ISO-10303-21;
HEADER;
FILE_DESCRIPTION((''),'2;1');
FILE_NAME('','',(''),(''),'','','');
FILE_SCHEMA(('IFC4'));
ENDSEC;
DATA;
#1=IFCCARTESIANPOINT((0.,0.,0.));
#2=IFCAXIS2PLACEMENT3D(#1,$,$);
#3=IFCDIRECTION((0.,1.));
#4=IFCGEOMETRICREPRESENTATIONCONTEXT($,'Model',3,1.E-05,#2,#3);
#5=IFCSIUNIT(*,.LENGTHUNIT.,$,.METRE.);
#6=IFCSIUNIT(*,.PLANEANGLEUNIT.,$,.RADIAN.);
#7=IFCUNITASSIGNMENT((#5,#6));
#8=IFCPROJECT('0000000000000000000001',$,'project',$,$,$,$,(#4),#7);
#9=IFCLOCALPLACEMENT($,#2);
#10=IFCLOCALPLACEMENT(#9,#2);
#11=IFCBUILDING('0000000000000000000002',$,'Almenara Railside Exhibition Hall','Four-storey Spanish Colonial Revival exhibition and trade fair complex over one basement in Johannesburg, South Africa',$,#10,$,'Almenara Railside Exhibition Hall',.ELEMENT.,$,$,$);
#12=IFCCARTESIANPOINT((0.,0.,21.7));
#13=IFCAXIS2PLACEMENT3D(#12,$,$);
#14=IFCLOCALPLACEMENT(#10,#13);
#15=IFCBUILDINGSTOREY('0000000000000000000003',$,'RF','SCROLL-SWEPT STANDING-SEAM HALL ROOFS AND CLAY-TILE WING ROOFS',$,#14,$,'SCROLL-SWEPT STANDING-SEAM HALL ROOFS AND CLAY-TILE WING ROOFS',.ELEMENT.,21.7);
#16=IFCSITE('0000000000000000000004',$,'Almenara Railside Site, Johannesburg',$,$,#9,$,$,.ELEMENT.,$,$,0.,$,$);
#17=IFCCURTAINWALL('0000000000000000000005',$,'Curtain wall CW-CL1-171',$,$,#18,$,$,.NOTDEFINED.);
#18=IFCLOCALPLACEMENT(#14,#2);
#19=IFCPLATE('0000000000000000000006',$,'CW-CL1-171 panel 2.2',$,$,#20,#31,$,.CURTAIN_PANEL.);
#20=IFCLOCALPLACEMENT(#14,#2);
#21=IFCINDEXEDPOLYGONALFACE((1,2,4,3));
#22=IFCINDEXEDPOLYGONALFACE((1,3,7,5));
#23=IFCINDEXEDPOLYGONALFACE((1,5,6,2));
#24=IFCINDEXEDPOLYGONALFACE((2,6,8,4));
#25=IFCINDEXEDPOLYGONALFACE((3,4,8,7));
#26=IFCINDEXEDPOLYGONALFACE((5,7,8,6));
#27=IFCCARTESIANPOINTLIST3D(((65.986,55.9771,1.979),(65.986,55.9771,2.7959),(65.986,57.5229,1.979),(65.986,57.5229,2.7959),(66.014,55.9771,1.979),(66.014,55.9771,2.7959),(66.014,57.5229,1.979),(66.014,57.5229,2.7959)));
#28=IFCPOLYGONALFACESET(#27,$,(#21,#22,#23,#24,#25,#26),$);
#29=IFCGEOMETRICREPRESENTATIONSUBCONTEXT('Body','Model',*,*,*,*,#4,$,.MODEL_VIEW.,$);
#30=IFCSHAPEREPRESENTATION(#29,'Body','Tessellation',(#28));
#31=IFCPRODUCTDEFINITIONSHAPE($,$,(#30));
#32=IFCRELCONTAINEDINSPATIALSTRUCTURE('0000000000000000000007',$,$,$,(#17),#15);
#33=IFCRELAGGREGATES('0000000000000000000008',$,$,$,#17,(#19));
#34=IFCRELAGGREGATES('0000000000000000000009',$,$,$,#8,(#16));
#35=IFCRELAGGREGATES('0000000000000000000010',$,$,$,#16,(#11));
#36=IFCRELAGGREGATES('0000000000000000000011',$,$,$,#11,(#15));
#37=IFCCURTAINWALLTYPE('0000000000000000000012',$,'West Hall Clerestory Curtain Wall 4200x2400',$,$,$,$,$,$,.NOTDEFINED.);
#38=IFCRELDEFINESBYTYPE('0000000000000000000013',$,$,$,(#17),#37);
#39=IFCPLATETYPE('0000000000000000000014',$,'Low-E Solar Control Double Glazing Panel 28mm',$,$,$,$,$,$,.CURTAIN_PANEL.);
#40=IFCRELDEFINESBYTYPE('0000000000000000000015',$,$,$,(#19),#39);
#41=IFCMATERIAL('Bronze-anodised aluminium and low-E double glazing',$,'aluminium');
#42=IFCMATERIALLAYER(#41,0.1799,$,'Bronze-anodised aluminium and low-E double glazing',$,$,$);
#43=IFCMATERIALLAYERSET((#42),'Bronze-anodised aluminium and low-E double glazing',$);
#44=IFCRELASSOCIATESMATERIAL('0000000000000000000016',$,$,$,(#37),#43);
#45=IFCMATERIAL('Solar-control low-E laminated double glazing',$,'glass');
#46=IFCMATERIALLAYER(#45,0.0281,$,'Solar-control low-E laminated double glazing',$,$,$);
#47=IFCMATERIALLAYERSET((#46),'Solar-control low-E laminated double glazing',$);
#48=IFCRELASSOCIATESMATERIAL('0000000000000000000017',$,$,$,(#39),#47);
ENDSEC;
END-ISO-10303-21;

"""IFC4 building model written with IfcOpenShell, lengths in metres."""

from ifc_helpers import new_model, si_unit, direction, frame, origin, origin_2d, place, context, subcontext, project, spatial, rectangle, extrude, material, layer, layer_set, type_object, element, aggregate, save


model = new_model("IFC4")

# Units and contexts
model_context = context("Model", 3, precision=1e-05, world=origin(), true_north=direction((0.0, 1.0)))
body_context = subcontext(model_context, "Body", "Model", "MODEL_VIEW")
ifc_project = project(units=[si_unit("LENGTHUNIT", "METRE"), si_unit("PLANEANGLEUNIT", "RADIAN")], contexts=[model_context])

# Site, building, storey
site_placement = place(None, origin())
site = spatial("IfcSite", under=ifc_project, at=site_placement, Name="Almenara Railside Site, Johannesburg", CompositionType="ELEMENT", RefElevation=0.0)
building_placement = place(site_placement, origin())
building = spatial("IfcBuilding", under=site, at=building_placement, Name="Almenara Railside Exhibition Hall", Description="Four-storey Spanish Colonial Revival exhibition and trade fair complex over one basement in Johannesburg, South Africa", LongName="Almenara Railside Exhibition Hall", CompositionType="ELEMENT")
storey_placement = place(building_placement, frame((0.0, 0.0, 21.7)))
storey = spatial("IfcBuildingStorey", under=building, at=storey_placement, Name="RF", Description="SCROLL-SWEPT STANDING-SEAM HALL ROOFS AND CLAY-TILE WING ROOFS", LongName="SCROLL-SWEPT STANDING-SEAM HALL ROOFS AND CLAY-TILE WING ROOFS", CompositionType="ELEMENT", Elevation=21.7)

# Curtain wall
ifc_material_1 = material(Name="Bronze-anodised aluminium and low-E double glazing", Category="aluminium")
ifc_layer_1 = layer(ifc_material_1, 0.1799, Name="Bronze-anodised aluminium and low-E double glazing")
ifc_layer_set_1 = layer_set([ifc_layer_1], Name="Bronze-anodised aluminium and low-E double glazing")
curtain_wall_type = type_object("IfcCurtainWallType", Name="West Hall Clerestory Curtain Wall 4200x2400", PredefinedType="NOTDEFINED", material=ifc_layer_set_1)
curtain_wall_1_placement = place(storey_placement, origin())
curtain_wall_1 = element("IfcCurtainWall", 1, at=curtain_wall_1_placement, inside=storey, type_object=curtain_wall_type, Name="Curtain wall CW-CL1-171", PredefinedType="NOTDEFINED")

# Plate
ifc_material_2 = material(Name="Solar-control low-E laminated double glazing", Category="glass")
ifc_layer_2 = layer(ifc_material_2, 0.0281, Name="Solar-control low-E laminated double glazing")
ifc_layer_set_2 = layer_set([ifc_layer_2], Name="Solar-control low-E laminated double glazing")
plate_type_1 = type_object("IfcPlateType", Name="Low-E Solar Control Double Glazing Panel 28mm", PredefinedType="CURTAIN_PANEL", material=ifc_layer_set_2)
plate_1_placement = place(storey_placement, frame((66.0, 56.75, 1.979), z_axis=(0.0, 0.0, 1.0), x_axis=(0.0, 1.0, 0.0)))
plate_1 = element("IfcPlate", 2, at=plate_1_placement, type_object=plate_type_1, Name="CW-CL1-171 panel 2.2", PredefinedType="CURTAIN_PANEL", context=body_context, shape_type="SweptSolid", body=[
    extrude(rectangle(XDim=1.5459, YDim=0.0281, at=origin_2d()), origin(), (0.0, 0.0, 1.0), 0.8169),
])
aggregate(curtain_wall_1, [plate_1])

save(model, "model.ifc")
